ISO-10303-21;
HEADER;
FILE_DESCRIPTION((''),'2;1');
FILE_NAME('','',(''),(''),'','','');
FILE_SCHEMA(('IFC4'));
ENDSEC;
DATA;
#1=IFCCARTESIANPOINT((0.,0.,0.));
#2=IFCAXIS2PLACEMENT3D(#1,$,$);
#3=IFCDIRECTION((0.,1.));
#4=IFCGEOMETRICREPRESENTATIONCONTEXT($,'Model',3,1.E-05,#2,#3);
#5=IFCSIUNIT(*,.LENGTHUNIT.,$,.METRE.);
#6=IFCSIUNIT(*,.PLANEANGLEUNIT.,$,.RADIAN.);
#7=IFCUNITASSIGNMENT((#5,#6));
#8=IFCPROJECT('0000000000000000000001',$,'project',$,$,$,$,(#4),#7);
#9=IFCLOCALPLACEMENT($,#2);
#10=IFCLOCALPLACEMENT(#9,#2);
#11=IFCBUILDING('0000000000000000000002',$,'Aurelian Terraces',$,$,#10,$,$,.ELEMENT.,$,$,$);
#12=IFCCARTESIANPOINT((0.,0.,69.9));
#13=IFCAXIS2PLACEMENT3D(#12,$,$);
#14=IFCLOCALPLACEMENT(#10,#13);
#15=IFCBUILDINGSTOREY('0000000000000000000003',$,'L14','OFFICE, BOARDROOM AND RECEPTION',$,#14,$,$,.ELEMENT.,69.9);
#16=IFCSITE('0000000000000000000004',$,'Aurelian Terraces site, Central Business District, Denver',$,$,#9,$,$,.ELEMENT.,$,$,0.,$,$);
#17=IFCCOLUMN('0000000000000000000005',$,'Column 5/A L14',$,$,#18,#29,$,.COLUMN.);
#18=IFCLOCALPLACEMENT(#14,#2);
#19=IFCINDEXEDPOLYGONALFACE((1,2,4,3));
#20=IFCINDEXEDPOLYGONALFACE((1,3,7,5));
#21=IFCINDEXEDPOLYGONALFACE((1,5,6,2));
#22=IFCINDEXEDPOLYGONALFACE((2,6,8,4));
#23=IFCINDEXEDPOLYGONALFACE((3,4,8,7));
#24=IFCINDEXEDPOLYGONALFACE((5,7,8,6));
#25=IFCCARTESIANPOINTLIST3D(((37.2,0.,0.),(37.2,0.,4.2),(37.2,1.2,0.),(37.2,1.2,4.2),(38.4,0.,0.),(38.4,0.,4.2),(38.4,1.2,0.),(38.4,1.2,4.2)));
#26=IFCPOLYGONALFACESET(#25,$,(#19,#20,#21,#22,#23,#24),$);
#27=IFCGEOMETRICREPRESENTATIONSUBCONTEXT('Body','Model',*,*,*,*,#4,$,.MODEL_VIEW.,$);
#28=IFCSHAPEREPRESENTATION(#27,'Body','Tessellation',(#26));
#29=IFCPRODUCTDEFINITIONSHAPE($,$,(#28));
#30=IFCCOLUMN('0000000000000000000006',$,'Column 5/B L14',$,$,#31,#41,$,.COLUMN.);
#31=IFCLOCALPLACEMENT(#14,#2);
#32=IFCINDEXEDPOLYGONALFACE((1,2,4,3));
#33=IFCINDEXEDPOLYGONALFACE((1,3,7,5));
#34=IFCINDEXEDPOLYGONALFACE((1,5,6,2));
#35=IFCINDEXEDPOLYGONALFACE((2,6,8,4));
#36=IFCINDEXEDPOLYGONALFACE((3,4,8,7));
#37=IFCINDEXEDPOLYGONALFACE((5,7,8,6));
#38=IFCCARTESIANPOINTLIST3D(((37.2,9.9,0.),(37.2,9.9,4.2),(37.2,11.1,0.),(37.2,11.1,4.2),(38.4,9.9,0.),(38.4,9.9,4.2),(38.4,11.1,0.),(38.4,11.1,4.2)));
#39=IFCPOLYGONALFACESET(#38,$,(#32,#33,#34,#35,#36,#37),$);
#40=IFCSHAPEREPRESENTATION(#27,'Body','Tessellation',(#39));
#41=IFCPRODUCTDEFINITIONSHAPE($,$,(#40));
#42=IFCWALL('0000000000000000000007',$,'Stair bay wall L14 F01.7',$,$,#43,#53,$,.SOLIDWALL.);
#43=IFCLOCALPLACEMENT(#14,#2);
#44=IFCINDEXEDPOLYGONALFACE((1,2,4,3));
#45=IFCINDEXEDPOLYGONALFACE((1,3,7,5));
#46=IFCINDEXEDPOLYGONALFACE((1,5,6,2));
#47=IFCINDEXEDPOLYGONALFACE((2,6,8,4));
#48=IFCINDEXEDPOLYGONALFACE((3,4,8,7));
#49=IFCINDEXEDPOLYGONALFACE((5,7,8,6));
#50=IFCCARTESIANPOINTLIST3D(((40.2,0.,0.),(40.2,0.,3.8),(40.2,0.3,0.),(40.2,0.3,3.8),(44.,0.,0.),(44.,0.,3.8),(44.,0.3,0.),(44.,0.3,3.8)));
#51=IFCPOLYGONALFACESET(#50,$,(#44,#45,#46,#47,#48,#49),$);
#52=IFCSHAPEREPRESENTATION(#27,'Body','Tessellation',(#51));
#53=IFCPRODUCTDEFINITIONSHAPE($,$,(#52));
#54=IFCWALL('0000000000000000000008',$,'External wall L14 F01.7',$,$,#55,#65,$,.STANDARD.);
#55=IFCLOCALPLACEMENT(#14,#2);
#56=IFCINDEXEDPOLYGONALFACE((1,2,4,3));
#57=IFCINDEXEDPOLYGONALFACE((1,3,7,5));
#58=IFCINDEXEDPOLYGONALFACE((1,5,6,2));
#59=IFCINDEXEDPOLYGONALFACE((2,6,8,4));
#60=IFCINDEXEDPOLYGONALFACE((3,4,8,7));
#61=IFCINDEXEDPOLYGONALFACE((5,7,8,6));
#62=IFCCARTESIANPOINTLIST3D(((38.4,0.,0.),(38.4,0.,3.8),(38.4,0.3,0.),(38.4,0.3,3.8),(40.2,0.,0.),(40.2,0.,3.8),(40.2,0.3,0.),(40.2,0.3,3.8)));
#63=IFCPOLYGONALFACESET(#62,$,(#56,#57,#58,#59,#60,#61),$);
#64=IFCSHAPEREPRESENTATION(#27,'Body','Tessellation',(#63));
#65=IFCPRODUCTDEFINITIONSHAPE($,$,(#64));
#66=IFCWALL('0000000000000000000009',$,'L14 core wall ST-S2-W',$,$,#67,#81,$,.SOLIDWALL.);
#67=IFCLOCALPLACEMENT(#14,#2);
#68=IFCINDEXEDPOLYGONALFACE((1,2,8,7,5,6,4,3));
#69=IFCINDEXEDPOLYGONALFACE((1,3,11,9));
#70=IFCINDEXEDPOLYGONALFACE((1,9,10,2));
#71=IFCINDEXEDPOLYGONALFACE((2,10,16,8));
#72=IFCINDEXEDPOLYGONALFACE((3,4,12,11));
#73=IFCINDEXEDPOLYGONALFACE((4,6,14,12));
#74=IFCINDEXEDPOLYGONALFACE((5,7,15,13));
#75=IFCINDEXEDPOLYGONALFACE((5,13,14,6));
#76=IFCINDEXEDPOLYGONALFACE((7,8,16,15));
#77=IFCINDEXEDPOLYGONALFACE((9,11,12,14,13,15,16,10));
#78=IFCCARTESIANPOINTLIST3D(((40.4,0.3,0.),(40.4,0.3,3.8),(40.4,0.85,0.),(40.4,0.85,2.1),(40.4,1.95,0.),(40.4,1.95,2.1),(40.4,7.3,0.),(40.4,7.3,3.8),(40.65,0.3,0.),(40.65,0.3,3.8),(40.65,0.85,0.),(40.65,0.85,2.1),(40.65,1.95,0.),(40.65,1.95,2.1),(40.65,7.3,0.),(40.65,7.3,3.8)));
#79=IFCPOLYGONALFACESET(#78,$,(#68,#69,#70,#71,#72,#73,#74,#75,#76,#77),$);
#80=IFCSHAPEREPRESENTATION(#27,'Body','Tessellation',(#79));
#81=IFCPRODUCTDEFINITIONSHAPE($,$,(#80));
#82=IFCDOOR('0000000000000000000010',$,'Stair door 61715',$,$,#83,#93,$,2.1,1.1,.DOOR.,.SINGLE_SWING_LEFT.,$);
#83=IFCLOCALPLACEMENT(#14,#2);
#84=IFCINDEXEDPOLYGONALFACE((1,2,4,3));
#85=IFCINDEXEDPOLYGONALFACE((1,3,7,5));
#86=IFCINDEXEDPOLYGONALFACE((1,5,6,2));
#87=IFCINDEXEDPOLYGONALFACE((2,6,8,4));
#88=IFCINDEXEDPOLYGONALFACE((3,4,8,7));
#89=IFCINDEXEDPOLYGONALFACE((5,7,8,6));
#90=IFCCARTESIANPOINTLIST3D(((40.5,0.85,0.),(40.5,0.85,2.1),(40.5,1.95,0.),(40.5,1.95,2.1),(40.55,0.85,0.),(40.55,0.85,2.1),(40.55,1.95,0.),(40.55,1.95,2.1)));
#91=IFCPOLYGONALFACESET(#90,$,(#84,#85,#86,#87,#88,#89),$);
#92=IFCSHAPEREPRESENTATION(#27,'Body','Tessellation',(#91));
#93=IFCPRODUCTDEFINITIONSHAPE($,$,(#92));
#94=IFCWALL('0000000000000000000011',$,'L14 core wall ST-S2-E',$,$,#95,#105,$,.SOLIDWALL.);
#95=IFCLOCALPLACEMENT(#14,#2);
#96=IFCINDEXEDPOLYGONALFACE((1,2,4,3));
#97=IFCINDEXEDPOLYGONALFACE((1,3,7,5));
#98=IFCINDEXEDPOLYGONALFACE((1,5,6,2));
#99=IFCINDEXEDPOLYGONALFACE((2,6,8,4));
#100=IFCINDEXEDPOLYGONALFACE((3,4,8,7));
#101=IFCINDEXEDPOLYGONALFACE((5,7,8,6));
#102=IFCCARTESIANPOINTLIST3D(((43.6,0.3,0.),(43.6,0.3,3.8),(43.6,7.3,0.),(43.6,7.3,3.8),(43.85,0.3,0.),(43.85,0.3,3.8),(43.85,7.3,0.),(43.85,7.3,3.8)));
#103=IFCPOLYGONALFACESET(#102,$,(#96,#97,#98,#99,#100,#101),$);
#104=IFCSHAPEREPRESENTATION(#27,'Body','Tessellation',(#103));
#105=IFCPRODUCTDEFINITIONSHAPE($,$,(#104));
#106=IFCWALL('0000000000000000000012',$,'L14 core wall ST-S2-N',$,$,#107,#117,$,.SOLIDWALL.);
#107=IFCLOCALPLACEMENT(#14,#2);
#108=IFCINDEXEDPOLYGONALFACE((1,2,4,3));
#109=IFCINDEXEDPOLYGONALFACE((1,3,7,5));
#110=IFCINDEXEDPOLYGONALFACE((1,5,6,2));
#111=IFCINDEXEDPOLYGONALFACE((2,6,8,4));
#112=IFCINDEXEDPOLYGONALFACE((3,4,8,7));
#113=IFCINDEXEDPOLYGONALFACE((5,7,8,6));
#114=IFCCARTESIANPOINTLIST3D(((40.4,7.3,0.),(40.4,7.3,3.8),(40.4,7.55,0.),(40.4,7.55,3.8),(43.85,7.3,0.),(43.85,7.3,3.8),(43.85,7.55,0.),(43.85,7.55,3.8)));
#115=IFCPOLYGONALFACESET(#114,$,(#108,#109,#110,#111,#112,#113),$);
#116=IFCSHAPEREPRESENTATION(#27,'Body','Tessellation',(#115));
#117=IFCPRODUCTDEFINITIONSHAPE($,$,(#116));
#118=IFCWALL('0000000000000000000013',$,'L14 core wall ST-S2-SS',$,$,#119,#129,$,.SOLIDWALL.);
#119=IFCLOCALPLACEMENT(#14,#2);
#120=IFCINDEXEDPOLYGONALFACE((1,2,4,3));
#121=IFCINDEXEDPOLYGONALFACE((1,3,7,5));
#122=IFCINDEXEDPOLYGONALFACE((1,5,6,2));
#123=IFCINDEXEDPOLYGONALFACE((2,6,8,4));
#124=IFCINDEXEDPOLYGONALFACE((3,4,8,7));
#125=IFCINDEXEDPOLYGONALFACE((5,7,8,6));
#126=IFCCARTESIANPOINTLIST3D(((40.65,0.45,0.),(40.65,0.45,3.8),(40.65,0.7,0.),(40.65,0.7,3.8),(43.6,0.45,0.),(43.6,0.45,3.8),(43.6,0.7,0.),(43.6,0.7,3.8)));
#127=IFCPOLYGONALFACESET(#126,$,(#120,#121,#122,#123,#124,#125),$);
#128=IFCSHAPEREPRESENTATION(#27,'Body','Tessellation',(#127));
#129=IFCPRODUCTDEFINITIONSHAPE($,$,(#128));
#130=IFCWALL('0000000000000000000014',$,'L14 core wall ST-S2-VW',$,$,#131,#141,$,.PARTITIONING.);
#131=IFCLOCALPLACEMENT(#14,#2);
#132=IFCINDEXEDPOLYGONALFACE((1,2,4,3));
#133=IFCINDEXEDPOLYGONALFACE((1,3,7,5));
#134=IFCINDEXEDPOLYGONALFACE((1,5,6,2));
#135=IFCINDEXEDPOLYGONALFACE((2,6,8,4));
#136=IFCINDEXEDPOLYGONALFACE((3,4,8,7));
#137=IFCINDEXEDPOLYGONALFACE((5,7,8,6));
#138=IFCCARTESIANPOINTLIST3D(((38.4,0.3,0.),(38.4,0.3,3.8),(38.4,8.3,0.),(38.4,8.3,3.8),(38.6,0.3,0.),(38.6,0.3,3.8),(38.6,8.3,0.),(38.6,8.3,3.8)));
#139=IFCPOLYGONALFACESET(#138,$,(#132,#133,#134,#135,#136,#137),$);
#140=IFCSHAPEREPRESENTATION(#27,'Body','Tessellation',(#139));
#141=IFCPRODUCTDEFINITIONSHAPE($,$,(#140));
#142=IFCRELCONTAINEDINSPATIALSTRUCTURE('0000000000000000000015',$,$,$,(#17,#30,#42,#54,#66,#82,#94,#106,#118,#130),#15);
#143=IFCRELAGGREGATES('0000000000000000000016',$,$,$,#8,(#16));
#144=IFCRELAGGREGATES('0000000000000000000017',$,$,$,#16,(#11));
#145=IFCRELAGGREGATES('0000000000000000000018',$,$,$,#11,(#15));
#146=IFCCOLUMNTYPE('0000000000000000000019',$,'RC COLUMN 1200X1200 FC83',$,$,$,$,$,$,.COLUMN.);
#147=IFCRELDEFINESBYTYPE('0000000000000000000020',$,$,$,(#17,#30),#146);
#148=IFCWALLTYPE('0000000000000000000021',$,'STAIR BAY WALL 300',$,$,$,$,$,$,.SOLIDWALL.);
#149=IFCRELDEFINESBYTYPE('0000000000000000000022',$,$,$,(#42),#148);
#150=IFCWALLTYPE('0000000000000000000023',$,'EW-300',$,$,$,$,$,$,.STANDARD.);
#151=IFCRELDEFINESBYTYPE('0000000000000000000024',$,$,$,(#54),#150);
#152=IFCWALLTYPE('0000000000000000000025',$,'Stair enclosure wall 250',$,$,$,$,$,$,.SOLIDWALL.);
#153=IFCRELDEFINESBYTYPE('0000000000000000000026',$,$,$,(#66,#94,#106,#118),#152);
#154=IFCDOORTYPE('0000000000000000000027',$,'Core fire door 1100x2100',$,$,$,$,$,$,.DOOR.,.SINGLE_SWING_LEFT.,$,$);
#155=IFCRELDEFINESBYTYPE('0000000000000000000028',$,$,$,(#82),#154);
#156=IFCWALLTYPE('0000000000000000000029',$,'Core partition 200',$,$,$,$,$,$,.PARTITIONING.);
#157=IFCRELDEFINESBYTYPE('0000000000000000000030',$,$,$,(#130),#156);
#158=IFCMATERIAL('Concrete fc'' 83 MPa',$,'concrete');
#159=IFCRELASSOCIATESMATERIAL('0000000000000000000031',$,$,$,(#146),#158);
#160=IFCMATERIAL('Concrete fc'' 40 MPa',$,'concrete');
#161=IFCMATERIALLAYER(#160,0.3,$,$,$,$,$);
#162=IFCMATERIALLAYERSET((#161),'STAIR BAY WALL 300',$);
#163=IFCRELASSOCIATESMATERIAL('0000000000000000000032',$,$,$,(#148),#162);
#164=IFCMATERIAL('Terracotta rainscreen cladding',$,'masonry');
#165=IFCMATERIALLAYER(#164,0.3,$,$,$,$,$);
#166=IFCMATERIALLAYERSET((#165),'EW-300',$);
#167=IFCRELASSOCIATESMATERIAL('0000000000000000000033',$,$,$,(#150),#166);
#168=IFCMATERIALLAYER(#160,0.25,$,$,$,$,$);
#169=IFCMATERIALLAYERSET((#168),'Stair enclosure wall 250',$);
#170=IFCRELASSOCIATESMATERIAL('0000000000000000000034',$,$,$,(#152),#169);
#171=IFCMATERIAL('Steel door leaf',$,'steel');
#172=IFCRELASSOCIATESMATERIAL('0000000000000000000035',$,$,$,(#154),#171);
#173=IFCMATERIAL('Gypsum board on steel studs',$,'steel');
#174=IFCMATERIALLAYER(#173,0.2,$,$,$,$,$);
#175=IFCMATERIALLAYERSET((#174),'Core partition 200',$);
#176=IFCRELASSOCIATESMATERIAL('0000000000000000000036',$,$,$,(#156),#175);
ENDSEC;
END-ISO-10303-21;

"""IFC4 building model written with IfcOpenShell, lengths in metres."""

from ifc_helpers import new_model, si_unit, direction, frame, frame_2d, origin, origin_2d, place, context, subcontext, project, spatial, rectangle, extrude, source, transform, mapped, material, layer, layer_set, material_profile, profile_set, type_object, element, fill, save


model = new_model("IFC4")

# Units and contexts
model_context = context("Model", 3, precision=1e-05, world=origin(), true_north=direction((0.0, 1.0)))
body_context = subcontext(model_context, "Body", "Model", "MODEL_VIEW")
ifc_project = project(units=[si_unit("LENGTHUNIT", "METRE"), si_unit("PLANEANGLEUNIT", "RADIAN")], contexts=[model_context])

# Site, building, storey
site_placement = place(None, origin())
site = spatial("IfcSite", under=ifc_project, at=site_placement, Name="Aurelian Terraces site, Central Business District, Denver", CompositionType="ELEMENT", RefElevation=0.0)
building_placement = place(site_placement, origin())
building = spatial("IfcBuilding", under=site, at=building_placement, Name="Aurelian Terraces", CompositionType="ELEMENT")
storey_placement = place(building_placement, frame((0.0, 0.0, 69.9)))
storey = spatial("IfcBuildingStorey", under=building, at=storey_placement, Name="L14", Description="OFFICE, BOARDROOM AND RECEPTION", CompositionType="ELEMENT", Elevation=69.9)

# Columns
ifc_material_1 = material(Name="Concrete fc' 83 MPa", Category="concrete")
ifc_material_profile = material_profile(ifc_material_1, rectangle(XDim=1.2, YDim=1.2, at=origin_2d()))
ifc_profile_set = profile_set([ifc_material_profile], Name="Concrete fc' 83 MPa")
column_type = type_object("IfcColumnType", Name="RC COLUMN 1200X1200 FC83", PredefinedType="COLUMN", material=ifc_profile_set)
shared_shape_1 = source(origin(), body_context, "Body", "SweptSolid", [
    extrude(rectangle(XDim=1.2, YDim=1.2, at=origin_2d()), origin(), (0.0, 0.0, 1.0), 4.2),
])
for number, where, z_axis, x_axis, name in (
    (1, (37.8, 0.6, 0.0), (0.0, 0.0, 1.0), (1.0, 0.0, 0.0), "Column 5/A L14"),
    (2, (37.8, 10.5, 0.0), (0.0, 0.0, 1.0), (1.0, 0.0, 0.0), "Column 5/B L14"),
):
    element("IfcColumn", number, at=place(storey_placement, frame(where, z_axis=z_axis, x_axis=x_axis)), inside=storey, type_object=column_type, Name=name, PredefinedType="COLUMN", context=body_context, shape_type="MappedRepresentation", body=[
        mapped(shared_shape_1, transform((0.0, 0.0, 0.0), scale=1.0)),
    ])

# Walls
ifc_material_2 = material(Name="Concrete fc' 40 MPa", Category="concrete")
ifc_layer_1 = layer(ifc_material_2, 0.3)
ifc_layer_set_1 = layer_set([ifc_layer_1], Name="STAIR BAY WALL 300")
wall_type_1 = type_object("IfcWallType", Name="STAIR BAY WALL 300", PredefinedType="SOLIDWALL", material=ifc_layer_set_1)
shared_shape_2 = source(origin(), body_context, "Body", "SweptSolid", [
    extrude(rectangle(XDim=3.8, YDim=0.3, at=frame_2d((1.9, 0.0))), origin(), (0.0, 0.0, 1.0), 3.8),
])
wall_1_placement = place(storey_placement, frame((40.2, 0.15, 0.0), z_axis=(0.0, 0.0, 1.0), x_axis=(1.0, 0.0, 0.0)))
element("IfcWall", 3, at=wall_1_placement, inside=storey, type_object=wall_type_1, Name="Stair bay wall L14 F01.7", PredefinedType="SOLIDWALL", context=body_context, shape_type="MappedRepresentation", body=[
    mapped(shared_shape_2, transform((0.0, 0.0, 0.0), scale=1.0)),
])
ifc_material_3 = material(Name="Terracotta rainscreen cladding", Category="masonry")
ifc_layer_2 = layer(ifc_material_3, 0.3)
ifc_layer_set_2 = layer_set([ifc_layer_2], Name="EW-300")
wall_type_2 = type_object("IfcWallType", Name="EW-300", PredefinedType="STANDARD", material=ifc_layer_set_2)
shared_shape_3 = source(origin(), body_context, "Body", "SweptSolid", [
    extrude(rectangle(XDim=1.8, YDim=0.3, at=frame_2d((0.9, 0.0))), origin(), (0.0, 0.0, 1.0), 3.8),
])
wall_2_placement = place(storey_placement, frame((38.4, 0.15, 0.0), z_axis=(0.0, 0.0, 1.0), x_axis=(1.0, 0.0, 0.0)))
element("IfcWall", 4, at=wall_2_placement, inside=storey, type_object=wall_type_2, Name="External wall L14 F01.7", PredefinedType="STANDARD", context=body_context, shape_type="MappedRepresentation", body=[
    mapped(shared_shape_3, transform((0.0, 0.0, 0.0), scale=1.0)),
])

# Wall, opening, door
ifc_layer_3 = layer(ifc_material_2, 0.25)
ifc_layer_set_3 = layer_set([ifc_layer_3], Name="Stair enclosure wall 250")
wall_type_3 = type_object("IfcWallType", Name="Stair enclosure wall 250", PredefinedType="SOLIDWALL", material=ifc_layer_set_3)
shared_shape_4 = source(origin(), body_context, "Body", "SweptSolid", [
    extrude(rectangle(XDim=7.0, YDim=0.25, at=frame_2d((3.5, 0.0))), origin(), (0.0, 0.0, 1.0), 3.8),
])
wall_3_placement = place(storey_placement, frame((40.525, 0.3, 0.0), z_axis=(0.0, 0.0, 1.0), x_axis=(0.0, 1.0, 0.0)))
wall_3 = element("IfcWall", 5, at=wall_3_placement, inside=storey, type_object=wall_type_3, Name="L14 core wall ST-S2-W", PredefinedType="SOLIDWALL", context=body_context, shape_type="MappedRepresentation", body=[
    mapped(shared_shape_4, transform((0.0, 0.0, 0.0), scale=1.0)),
])
shared_shape_5 = source(origin(), body_context, "Body", "SweptSolid", [
    extrude(rectangle(XDim=1.1, YDim=2.1, at=frame_2d((0.55, 1.05))), frame((0.0, 0.135, 0.0), z_axis=(0.0, -1.0, 0.0), x_axis=(1.0, 0.0, 0.0)), (0.0, 0.0, 1.0), 0.27),
])
opening_1_placement = place(wall_3_placement, frame((0.55, 0.0, 0.0)))
opening_1 = element("IfcOpeningElement", 6, at=opening_1_placement, cuts=wall_3, PredefinedType="OPENING", context=body_context, shape_type="MappedRepresentation", body=[
    mapped(shared_shape_5, transform((0.0, 0.0, 0.0), scale=1.0)),
])
ifc_material_4 = material(Name="Steel door leaf", Category="steel")
door_type_1 = type_object("IfcDoorType", Name="Core fire door 1100x2100", OperationType="SINGLE_SWING_LEFT", PredefinedType="DOOR", material=ifc_material_4)
shared_shape_6 = source(origin(), body_context, "Body", "SweptSolid", [
    extrude(rectangle(XDim=1.1, YDim=2.1, at=frame_2d((0.55, 1.05))), frame((0.0, 0.025, 0.0), z_axis=(0.0, -1.0, 0.0), x_axis=(1.0, 0.0, 0.0)), (0.0, 0.0, 1.0), 0.05),
])
door_1_placement = place(opening_1_placement, origin())
door_1 = element("IfcDoor", 7, at=door_1_placement, inside=storey, type_object=door_type_1, Name="Stair door 61715", OperationType="SINGLE_SWING_LEFT", OverallHeight=2.1, OverallWidth=1.1, PredefinedType="DOOR", context=body_context, shape_type="MappedRepresentation", body=[
    mapped(shared_shape_6, transform((0.0, 0.0, 0.0), scale=1.0)),
])
fill(opening_1, door_1)

# Walls
wall_4_placement = place(storey_placement, frame((43.725, 0.3, 0.0), z_axis=(0.0, 0.0, 1.0), x_axis=(0.0, 1.0, 0.0)))
element("IfcWall", 8, at=wall_4_placement, inside=storey, type_object=wall_type_3, Name="L14 core wall ST-S2-E", PredefinedType="SOLIDWALL", context=body_context, shape_type="MappedRepresentation", body=[
    mapped(shared_shape_4, transform((0.0, 0.0, 0.0), scale=1.0)),
])
shared_shape_7 = source(origin(), body_context, "Body", "SweptSolid", [
    extrude(rectangle(XDim=3.45, YDim=0.25, at=frame_2d((1.725, 0.0))), origin(), (0.0, 0.0, 1.0), 3.8),
])
wall_5_placement = place(storey_placement, frame((40.4, 7.425, 0.0), z_axis=(0.0, 0.0, 1.0), x_axis=(1.0, 0.0, 0.0)))
element("IfcWall", 9, at=wall_5_placement, inside=storey, type_object=wall_type_3, Name="L14 core wall ST-S2-N", PredefinedType="SOLIDWALL", context=body_context, shape_type="MappedRepresentation", body=[
    mapped(shared_shape_7, transform((0.0, 0.0, 0.0), scale=1.0)),
])
shared_shape_8 = source(origin(), body_context, "Body", "SweptSolid", [
    extrude(rectangle(XDim=2.95, YDim=0.25, at=frame_2d((1.475, 0.0))), origin(), (0.0, 0.0, 1.0), 3.8),
])
wall_6_placement = place(storey_placement, frame((40.65, 0.575, 0.0), z_axis=(0.0, 0.0, 1.0), x_axis=(1.0, 0.0, 0.0)))
element("IfcWall", 10, at=wall_6_placement, inside=storey, type_object=wall_type_3, Name="L14 core wall ST-S2-SS", PredefinedType="SOLIDWALL", context=body_context, shape_type="MappedRepresentation", body=[
    mapped(shared_shape_8, transform((0.0, 0.0, 0.0), scale=1.0)),
])
ifc_material_5 = material(Name="Gypsum board on steel studs", Category="steel")
ifc_layer_4 = layer(ifc_material_5, 0.2)
ifc_layer_set_4 = layer_set([ifc_layer_4], Name="Core partition 200")
wall_type_4 = type_object("IfcWallType", Name="Core partition 200", PredefinedType="PARTITIONING", material=ifc_layer_set_4)
shared_shape_9 = source(origin(), body_context, "Body", "SweptSolid", [
    extrude(rectangle(XDim=8.0, YDim=0.2, at=frame_2d((4.0, 0.0))), origin(), (0.0, 0.0, 1.0), 3.8),
])
wall_7_placement = place(storey_placement, frame((38.5, 0.3, 0.0), z_axis=(0.0, 0.0, 1.0), x_axis=(0.0, 1.0, 0.0)))
element("IfcWall", 11, at=wall_7_placement, inside=storey, type_object=wall_type_4, Name="L14 core wall ST-S2-VW", PredefinedType="PARTITIONING", context=body_context, shape_type="MappedRepresentation", body=[
    mapped(shared_shape_9, transform((0.0, 0.0, 0.0), scale=1.0)),
])

save(model, "model.ifc")
